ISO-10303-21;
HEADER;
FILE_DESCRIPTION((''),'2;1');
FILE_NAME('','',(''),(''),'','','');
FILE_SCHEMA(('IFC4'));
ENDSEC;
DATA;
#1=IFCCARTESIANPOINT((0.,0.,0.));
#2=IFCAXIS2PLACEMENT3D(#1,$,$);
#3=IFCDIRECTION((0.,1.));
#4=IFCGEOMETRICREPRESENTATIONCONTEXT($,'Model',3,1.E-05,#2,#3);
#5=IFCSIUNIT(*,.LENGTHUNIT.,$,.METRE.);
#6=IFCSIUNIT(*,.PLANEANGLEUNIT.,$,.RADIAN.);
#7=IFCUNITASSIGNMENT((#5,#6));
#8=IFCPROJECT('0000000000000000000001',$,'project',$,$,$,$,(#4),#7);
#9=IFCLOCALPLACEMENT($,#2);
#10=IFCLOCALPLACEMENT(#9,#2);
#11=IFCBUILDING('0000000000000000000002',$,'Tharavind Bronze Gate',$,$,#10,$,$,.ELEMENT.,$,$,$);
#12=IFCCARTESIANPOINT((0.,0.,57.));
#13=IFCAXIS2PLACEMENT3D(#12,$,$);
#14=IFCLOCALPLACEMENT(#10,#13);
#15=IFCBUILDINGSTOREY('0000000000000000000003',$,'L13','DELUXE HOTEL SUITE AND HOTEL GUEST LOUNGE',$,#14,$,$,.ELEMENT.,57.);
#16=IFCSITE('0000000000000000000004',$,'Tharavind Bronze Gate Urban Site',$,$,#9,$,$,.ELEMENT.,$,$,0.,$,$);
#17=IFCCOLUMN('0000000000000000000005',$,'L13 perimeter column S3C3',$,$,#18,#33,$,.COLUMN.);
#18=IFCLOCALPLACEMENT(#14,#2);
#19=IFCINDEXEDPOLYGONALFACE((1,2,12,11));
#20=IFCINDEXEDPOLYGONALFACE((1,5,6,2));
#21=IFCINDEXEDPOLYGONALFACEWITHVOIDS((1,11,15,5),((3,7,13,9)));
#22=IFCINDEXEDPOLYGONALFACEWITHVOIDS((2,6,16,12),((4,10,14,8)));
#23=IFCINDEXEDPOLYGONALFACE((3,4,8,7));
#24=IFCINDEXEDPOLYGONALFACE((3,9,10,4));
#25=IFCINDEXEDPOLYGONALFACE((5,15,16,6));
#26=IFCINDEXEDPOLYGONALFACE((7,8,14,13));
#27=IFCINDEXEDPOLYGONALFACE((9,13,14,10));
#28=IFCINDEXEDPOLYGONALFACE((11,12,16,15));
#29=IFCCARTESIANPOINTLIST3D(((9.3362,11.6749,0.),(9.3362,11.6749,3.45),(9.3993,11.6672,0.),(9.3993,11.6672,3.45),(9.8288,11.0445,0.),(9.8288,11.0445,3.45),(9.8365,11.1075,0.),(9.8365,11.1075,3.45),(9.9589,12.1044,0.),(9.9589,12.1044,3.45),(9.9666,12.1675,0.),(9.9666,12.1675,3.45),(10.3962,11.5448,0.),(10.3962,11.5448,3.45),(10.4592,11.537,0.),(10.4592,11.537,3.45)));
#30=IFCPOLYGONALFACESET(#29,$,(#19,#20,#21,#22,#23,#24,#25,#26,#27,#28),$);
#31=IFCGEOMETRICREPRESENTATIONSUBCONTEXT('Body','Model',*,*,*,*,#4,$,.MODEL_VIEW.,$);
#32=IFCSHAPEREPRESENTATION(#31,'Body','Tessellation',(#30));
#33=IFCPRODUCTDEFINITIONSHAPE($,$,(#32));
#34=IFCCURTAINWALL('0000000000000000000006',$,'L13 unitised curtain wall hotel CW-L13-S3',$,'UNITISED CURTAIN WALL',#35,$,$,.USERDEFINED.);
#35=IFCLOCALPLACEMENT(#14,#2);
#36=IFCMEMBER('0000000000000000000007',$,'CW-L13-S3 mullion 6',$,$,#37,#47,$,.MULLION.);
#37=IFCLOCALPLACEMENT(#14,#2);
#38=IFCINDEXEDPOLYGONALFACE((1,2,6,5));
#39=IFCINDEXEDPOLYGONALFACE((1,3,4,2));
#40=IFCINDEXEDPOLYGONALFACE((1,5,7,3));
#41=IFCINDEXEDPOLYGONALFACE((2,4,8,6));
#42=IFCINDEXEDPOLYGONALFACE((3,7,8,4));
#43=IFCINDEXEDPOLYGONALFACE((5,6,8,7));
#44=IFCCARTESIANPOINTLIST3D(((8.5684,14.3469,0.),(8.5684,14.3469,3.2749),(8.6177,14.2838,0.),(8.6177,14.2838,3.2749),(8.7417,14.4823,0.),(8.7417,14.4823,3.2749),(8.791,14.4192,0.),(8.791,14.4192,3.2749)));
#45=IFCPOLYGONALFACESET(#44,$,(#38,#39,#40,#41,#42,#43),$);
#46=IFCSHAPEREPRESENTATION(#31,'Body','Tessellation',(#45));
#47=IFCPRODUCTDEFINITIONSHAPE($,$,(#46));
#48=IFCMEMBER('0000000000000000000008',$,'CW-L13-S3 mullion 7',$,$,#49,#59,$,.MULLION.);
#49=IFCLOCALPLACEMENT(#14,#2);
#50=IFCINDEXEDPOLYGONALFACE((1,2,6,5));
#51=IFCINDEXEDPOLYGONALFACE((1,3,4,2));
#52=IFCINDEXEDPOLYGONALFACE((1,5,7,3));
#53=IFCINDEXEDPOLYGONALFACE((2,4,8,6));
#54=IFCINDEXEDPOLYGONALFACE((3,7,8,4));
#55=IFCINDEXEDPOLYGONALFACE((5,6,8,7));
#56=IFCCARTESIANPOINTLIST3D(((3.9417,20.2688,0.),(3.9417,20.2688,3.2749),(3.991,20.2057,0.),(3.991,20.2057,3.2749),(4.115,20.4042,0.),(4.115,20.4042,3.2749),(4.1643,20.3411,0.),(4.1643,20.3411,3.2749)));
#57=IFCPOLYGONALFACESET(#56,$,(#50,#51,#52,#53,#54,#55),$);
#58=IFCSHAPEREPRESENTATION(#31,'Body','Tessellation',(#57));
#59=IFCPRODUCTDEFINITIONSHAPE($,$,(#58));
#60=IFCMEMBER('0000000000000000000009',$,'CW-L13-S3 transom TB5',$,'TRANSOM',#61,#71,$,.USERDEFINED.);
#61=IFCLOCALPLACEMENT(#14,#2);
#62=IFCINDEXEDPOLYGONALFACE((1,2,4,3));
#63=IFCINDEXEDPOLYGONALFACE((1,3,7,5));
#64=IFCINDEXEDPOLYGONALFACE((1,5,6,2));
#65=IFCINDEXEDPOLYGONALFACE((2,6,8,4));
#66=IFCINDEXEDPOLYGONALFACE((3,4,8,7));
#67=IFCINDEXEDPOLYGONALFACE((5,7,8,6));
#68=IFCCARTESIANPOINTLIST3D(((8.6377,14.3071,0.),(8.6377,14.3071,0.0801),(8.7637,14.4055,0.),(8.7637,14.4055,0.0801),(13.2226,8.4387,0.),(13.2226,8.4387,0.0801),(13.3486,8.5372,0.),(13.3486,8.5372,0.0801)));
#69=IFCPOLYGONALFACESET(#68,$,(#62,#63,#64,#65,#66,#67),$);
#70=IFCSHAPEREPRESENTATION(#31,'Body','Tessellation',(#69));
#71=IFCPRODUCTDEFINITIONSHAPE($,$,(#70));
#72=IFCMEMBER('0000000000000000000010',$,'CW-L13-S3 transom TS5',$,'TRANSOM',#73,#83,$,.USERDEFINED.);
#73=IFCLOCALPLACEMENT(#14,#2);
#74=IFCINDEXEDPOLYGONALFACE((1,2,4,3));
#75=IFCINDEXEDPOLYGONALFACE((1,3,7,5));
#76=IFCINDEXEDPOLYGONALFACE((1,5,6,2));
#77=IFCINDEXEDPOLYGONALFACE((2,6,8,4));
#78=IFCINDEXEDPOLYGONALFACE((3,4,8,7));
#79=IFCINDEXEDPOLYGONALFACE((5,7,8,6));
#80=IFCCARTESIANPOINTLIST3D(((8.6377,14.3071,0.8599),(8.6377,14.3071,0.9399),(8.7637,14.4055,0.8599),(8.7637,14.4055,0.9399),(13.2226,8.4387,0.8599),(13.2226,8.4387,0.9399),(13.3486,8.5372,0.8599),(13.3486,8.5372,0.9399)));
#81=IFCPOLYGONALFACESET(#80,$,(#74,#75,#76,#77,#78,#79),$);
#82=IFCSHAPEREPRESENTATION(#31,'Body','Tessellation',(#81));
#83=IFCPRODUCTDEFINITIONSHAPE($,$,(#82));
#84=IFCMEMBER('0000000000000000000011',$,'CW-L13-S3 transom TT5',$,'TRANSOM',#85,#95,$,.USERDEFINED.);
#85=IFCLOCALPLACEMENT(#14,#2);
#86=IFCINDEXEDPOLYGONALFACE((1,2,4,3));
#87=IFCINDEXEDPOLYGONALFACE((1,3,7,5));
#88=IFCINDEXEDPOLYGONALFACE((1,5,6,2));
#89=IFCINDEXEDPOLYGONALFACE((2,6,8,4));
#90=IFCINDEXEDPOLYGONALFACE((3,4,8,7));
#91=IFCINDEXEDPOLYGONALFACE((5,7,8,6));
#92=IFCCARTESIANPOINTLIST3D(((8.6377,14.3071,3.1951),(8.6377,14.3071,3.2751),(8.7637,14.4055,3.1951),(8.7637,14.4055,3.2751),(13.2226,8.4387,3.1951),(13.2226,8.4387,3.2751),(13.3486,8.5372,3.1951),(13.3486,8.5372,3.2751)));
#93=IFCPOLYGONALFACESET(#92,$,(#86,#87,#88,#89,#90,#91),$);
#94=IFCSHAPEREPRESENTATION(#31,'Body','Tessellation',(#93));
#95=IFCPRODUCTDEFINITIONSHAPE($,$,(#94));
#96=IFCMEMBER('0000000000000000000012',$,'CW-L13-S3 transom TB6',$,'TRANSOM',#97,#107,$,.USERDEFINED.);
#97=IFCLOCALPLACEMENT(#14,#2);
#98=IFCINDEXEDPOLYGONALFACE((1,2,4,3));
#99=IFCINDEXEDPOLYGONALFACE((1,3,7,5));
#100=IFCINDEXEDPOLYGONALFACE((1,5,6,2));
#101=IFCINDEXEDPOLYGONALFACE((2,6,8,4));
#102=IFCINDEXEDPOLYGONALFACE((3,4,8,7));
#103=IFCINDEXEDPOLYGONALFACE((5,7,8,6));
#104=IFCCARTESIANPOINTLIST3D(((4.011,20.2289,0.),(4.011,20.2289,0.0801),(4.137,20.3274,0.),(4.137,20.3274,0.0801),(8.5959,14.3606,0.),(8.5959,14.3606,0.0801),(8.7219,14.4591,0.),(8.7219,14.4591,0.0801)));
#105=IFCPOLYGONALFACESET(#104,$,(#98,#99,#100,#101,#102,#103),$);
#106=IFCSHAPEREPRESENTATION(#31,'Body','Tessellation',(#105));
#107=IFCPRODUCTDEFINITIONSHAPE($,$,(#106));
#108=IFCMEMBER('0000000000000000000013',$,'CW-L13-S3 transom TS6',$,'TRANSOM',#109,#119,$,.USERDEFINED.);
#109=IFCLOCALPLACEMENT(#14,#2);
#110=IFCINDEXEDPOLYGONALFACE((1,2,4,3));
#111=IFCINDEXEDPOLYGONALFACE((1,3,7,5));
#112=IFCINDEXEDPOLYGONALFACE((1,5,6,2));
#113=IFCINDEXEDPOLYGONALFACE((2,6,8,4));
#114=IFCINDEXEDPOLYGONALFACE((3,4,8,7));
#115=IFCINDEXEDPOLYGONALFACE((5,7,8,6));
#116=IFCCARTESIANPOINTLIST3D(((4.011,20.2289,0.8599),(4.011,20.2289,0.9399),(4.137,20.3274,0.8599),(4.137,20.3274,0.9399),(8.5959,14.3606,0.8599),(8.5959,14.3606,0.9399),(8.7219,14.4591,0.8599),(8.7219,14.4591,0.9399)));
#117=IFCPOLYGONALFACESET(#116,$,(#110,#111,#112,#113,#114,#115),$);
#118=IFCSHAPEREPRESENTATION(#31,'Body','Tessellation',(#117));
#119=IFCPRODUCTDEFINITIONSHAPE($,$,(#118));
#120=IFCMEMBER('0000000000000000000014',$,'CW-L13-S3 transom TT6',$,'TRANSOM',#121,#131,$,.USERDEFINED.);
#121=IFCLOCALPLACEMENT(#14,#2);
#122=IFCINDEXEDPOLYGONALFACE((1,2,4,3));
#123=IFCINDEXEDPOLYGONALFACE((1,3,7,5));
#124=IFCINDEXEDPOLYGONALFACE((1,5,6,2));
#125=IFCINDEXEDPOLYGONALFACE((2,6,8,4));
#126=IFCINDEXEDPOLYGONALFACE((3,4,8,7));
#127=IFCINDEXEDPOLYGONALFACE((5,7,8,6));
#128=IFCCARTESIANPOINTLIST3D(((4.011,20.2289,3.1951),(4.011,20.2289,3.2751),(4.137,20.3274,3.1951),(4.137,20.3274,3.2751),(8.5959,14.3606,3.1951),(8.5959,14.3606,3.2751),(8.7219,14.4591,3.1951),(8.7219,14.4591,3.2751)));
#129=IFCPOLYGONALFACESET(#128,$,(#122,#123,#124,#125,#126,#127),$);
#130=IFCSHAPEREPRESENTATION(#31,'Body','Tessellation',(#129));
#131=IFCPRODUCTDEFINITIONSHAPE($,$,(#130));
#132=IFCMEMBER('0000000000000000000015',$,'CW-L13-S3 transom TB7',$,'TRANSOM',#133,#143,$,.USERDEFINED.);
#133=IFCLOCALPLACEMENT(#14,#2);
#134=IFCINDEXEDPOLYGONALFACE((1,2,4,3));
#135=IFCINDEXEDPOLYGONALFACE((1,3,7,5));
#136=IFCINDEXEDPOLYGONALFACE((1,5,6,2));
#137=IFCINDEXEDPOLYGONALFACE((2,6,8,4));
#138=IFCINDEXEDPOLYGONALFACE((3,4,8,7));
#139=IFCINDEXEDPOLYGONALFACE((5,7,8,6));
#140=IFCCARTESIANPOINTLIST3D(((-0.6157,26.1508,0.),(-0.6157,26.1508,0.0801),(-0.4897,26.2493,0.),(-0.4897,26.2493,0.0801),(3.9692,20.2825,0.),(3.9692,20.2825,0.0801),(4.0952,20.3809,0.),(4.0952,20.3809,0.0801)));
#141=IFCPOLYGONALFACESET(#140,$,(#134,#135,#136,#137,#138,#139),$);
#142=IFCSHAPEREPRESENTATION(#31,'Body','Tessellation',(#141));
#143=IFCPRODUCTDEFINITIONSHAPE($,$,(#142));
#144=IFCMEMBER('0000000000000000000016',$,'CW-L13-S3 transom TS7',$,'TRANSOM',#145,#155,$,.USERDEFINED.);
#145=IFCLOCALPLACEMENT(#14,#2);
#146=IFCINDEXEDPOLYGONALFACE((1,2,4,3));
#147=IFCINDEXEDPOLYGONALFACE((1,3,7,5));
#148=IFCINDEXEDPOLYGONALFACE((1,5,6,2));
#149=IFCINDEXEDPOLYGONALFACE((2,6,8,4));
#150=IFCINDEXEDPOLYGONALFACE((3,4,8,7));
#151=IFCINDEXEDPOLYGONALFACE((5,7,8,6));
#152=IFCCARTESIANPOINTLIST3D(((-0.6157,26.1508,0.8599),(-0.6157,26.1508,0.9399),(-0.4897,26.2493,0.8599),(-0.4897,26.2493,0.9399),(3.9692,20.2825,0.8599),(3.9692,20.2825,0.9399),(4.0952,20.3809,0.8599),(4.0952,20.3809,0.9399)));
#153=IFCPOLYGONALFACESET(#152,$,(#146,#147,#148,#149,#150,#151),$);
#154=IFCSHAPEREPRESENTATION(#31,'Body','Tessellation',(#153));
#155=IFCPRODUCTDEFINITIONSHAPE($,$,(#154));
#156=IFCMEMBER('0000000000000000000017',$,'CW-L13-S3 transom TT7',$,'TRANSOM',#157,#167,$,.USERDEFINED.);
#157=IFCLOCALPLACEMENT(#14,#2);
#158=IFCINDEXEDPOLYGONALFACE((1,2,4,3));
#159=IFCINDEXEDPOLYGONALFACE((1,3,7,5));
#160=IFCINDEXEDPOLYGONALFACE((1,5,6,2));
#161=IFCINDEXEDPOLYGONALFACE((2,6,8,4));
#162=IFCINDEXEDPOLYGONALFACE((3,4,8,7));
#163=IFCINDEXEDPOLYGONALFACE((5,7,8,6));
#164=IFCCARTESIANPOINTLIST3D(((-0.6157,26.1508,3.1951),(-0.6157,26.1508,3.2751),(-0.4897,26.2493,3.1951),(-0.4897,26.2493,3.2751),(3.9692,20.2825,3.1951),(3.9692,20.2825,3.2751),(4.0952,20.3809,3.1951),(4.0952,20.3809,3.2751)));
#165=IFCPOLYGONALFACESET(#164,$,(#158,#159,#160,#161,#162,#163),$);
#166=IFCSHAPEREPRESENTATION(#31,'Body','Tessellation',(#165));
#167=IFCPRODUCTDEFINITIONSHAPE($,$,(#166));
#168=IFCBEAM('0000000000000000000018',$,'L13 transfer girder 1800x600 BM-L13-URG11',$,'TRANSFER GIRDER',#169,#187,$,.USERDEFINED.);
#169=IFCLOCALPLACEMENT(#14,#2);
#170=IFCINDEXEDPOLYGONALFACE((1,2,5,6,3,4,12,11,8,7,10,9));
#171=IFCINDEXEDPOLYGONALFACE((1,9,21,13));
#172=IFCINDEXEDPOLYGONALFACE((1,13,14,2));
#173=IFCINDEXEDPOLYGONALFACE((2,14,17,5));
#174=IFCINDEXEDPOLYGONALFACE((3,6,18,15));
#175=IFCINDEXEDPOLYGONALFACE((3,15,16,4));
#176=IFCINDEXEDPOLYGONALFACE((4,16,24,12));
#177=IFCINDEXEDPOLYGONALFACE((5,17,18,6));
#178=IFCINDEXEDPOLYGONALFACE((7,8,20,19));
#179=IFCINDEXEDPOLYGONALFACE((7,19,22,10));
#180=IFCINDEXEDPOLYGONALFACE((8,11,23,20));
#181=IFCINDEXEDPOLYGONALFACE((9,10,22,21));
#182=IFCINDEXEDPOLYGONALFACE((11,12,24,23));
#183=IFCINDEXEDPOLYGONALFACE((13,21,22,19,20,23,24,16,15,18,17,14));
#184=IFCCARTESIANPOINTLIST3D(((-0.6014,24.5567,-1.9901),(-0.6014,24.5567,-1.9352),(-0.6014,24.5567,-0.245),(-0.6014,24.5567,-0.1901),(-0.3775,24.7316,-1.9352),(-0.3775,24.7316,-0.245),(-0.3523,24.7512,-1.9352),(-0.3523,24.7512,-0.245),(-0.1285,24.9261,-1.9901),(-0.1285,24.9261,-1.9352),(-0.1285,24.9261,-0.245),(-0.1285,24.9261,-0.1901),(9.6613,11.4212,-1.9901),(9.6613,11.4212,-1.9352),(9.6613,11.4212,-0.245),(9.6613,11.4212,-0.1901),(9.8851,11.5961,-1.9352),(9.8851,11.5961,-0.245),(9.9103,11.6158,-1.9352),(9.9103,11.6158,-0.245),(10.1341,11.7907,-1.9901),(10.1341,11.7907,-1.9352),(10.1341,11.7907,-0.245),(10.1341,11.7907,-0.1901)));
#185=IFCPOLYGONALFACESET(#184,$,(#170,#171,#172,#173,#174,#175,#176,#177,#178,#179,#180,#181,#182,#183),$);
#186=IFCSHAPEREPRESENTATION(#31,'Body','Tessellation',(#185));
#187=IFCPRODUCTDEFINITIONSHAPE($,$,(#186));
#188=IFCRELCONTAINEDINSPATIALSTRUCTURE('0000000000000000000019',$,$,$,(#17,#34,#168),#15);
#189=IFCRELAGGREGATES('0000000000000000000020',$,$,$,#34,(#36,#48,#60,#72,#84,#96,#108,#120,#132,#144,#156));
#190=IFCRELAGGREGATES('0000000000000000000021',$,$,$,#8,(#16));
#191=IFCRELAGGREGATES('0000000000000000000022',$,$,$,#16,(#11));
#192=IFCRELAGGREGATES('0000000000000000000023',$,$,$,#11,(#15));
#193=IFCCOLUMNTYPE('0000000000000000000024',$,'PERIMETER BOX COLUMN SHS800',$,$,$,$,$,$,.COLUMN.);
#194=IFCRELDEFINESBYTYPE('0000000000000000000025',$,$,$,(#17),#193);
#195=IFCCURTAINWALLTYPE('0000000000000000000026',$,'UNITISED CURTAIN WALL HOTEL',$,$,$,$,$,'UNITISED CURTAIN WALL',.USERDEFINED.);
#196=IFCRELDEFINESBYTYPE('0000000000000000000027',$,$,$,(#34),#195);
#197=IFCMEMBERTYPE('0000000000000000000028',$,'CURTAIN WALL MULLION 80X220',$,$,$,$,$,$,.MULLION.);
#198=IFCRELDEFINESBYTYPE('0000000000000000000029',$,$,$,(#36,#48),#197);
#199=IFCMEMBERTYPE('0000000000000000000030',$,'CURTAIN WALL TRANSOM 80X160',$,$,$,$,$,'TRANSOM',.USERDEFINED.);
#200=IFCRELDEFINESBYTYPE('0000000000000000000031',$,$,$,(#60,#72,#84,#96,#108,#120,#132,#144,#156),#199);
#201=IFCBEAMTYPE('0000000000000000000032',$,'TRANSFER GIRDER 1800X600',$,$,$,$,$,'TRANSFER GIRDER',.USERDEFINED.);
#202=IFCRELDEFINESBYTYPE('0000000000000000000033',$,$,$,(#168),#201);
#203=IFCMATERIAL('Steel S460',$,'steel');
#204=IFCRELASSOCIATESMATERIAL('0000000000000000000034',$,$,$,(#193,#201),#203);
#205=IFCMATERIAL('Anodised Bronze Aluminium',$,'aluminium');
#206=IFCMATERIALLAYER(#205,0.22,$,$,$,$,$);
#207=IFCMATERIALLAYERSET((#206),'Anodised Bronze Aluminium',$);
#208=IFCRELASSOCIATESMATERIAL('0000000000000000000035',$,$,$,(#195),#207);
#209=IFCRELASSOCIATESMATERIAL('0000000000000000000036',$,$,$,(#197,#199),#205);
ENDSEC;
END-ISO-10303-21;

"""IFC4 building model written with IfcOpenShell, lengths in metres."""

from ifc_helpers import new_model, si_unit, direction, frame, origin, origin_2d, place, context, subcontext, project, spatial, rectangle, hollow_rectangle, i_section, extrude, material, layer, layer_set, material_profile, profile_set, type_object, element, aggregate, save


model = new_model("IFC4")

# Units and contexts
model_context = context("Model", 3, precision=1e-05, world=origin(), true_north=direction((0.0, 1.0)))
body_context = subcontext(model_context, "Body", "Model", "MODEL_VIEW")
ifc_project = project(units=[si_unit("LENGTHUNIT", "METRE"), si_unit("PLANEANGLEUNIT", "RADIAN")], contexts=[model_context])

# Site, building, storey
site_placement = place(None, origin())
site = spatial("IfcSite", under=ifc_project, at=site_placement, Name="Tharavind Bronze Gate Urban Site", CompositionType="ELEMENT", RefElevation=0.0)
building_placement = place(site_placement, origin())
building = spatial("IfcBuilding", under=site, at=building_placement, Name="Tharavind Bronze Gate", CompositionType="ELEMENT")
storey_placement = place(building_placement, frame((0.0, 0.0, 57.0)))
storey = spatial("IfcBuildingStorey", under=building, at=storey_placement, Name="L13", Description="DELUXE HOTEL SUITE AND HOTEL GUEST LOUNGE", CompositionType="ELEMENT", Elevation=57.0)

# Column
ifc_material_1 = material(Name="Steel S460", Category="steel")
ifc_material_profile_1 = material_profile(ifc_material_1, hollow_rectangle(XDim=0.8, YDim=0.8, WallThickness=0.0449, at=origin_2d()), Name="SHS800X45")
ifc_profile_set_1 = profile_set([ifc_material_profile_1], Name="Steel S460")
column_type = type_object("IfcColumnType", Name="PERIMETER BOX COLUMN SHS800", PredefinedType="COLUMN", material=ifc_profile_set_1)
column_placement = place(storey_placement, frame((9.8977, 11.606, 0.0), z_axis=(0.0, 0.0, 1.0), x_axis=(-0.615661, 0.788011, 0.0)))
element("IfcColumn", 1, at=column_placement, inside=storey, type_object=column_type, Name="L13 perimeter column S3C3", PredefinedType="COLUMN", context=body_context, shape_type="SweptSolid", body=[
    extrude(hollow_rectangle(XDim=0.8, YDim=0.8, WallThickness=0.0449, at=origin_2d()), origin(), (0.0, 0.0, 1.0), 3.45),
])

# Curtain wall, members
ifc_material_2 = material(Name="Anodised Bronze Aluminium", Category="aluminium")
ifc_layer_1 = layer(ifc_material_2, 0.22)
ifc_layer_set_1 = layer_set([ifc_layer_1], Name="Anodised Bronze Aluminium")
curtain_wall_type = type_object("IfcCurtainWallType", Name="UNITISED CURTAIN WALL HOTEL", ElementType="UNITISED CURTAIN WALL", PredefinedType="USERDEFINED", material=ifc_layer_set_1)
curtain_wall_placement = place(storey_placement, origin())
curtain_wall = element("IfcCurtainWall", 2, at=curtain_wall_placement, inside=storey, type_object=curtain_wall_type, Name="L13 unitised curtain wall hotel CW-L13-S3", ObjectType="UNITISED CURTAIN WALL", PredefinedType="USERDEFINED")
member_type_1 = type_object("IfcMemberType", Name="CURTAIN WALL MULLION 80X220", PredefinedType="MULLION", material=ifc_material_2)
member_1_placement = place(storey_placement, frame((8.6797, 14.3831, 0.0), z_axis=(0.0, 0.0, 1.0), x_axis=(-0.615661, 0.788011, 0.0)))
member_1 = element("IfcMember", 3, at=member_1_placement, type_object=member_type_1, Name="CW-L13-S3 mullion 6", PredefinedType="MULLION", context=body_context, shape_type="SweptSolid", body=[
    extrude(rectangle(XDim=0.0801, YDim=0.22, at=origin_2d()), origin(), (0.0, 0.0, 1.0), 3.2749),
])
member_2_placement = place(storey_placement, frame((4.053, 20.3049, 0.0), z_axis=(0.0, 0.0, 1.0), x_axis=(-0.615661, 0.788011, 0.0)))
member_2 = element("IfcMember", 4, at=member_2_placement, type_object=member_type_1, Name="CW-L13-S3 mullion 7", PredefinedType="MULLION", context=body_context, shape_type="SweptSolid", body=[
    extrude(rectangle(XDim=0.0801, YDim=0.22, at=origin_2d()), origin(), (0.0, 0.0, 1.0), 3.2749),
])
member_type_2 = type_object("IfcMemberType", Name="CURTAIN WALL TRANSOM 80X160", ElementType="TRANSOM", PredefinedType="USERDEFINED", material=ifc_material_2)
member_3_placement = place(storey_placement, frame((10.9932, 11.4221, 0.0), z_axis=(0.0, 0.0, 1.0), x_axis=(-0.615661, 0.788011, 0.0)))
member_3 = element("IfcMember", 5, at=member_3_placement, type_object=member_type_2, Name="CW-L13-S3 transom TB5", ObjectType="TRANSOM", PredefinedType="USERDEFINED", context=body_context, shape_type="SweptSolid", body=[
    extrude(rectangle(XDim=7.447, YDim=0.1599, at=origin_2d()), origin(), (0.0, 0.0, 1.0), 0.0801),
])
member_4_placement = place(storey_placement, frame((10.9932, 11.4221, 0.8599), z_axis=(0.0, 0.0, 1.0), x_axis=(-0.615661, 0.788011, 0.0)))
member_4 = element("IfcMember", 6, at=member_4_placement, type_object=member_type_2, Name="CW-L13-S3 transom TS5", ObjectType="TRANSOM", PredefinedType="USERDEFINED", context=body_context, shape_type="SweptSolid", body=[
    extrude(rectangle(XDim=7.447, YDim=0.1599, at=origin_2d()), origin(), (0.0, 0.0, 1.0), 0.0801),
])
member_5_placement = place(storey_placement, frame((10.9932, 11.4221, 3.1951), z_axis=(0.0, 0.0, 1.0), x_axis=(-0.615661, 0.788011, 0.0)))
member_5 = element("IfcMember", 7, at=member_5_placement, type_object=member_type_2, Name="CW-L13-S3 transom TT5", ObjectType="TRANSOM", PredefinedType="USERDEFINED", context=body_context, shape_type="SweptSolid", body=[
    extrude(rectangle(XDim=7.447, YDim=0.1599, at=origin_2d()), origin(), (0.0, 0.0, 1.0), 0.0801),
])
member_6_placement = place(storey_placement, frame((6.3665, 17.344, 0.0), z_axis=(0.0, 0.0, 1.0), x_axis=(-0.615661, 0.788011, 0.0)))
member_6 = element("IfcMember", 8, at=member_6_placement, type_object=member_type_2, Name="CW-L13-S3 transom TB6", ObjectType="TRANSOM", PredefinedType="USERDEFINED", context=body_context, shape_type="SweptSolid", body=[
    extrude(rectangle(XDim=7.447, YDim=0.1599, at=origin_2d()), origin(), (0.0, 0.0, 1.0), 0.0801),
])
member_7_placement = place(storey_placement, frame((6.3665, 17.344, 0.8599), z_axis=(0.0, 0.0, 1.0), x_axis=(-0.615661, 0.788011, 0.0)))
member_7 = element("IfcMember", 9, at=member_7_placement, type_object=member_type_2, Name="CW-L13-S3 transom TS6", ObjectType="TRANSOM", PredefinedType="USERDEFINED", context=body_context, shape_type="SweptSolid", body=[
    extrude(rectangle(XDim=7.447, YDim=0.1599, at=origin_2d()), origin(), (0.0, 0.0, 1.0), 0.0801),
])
member_8_placement = place(storey_placement, frame((6.3665, 17.344, 3.1951), z_axis=(0.0, 0.0, 1.0), x_axis=(-0.615661, 0.788011, 0.0)))
member_8 = element("IfcMember", 10, at=member_8_placement, type_object=member_type_2, Name="CW-L13-S3 transom TT6", ObjectType="TRANSOM", PredefinedType="USERDEFINED", context=body_context, shape_type="SweptSolid", body=[
    extrude(rectangle(XDim=7.447, YDim=0.1599, at=origin_2d()), origin(), (0.0, 0.0, 1.0), 0.0801),
])
member_9_placement = place(storey_placement, frame((1.7397, 23.2659, 0.0), z_axis=(0.0, 0.0, 1.0), x_axis=(-0.615661, 0.788011, 0.0)))
member_9 = element("IfcMember", 11, at=member_9_placement, type_object=member_type_2, Name="CW-L13-S3 transom TB7", ObjectType="TRANSOM", PredefinedType="USERDEFINED", context=body_context, shape_type="SweptSolid", body=[
    extrude(rectangle(XDim=7.447, YDim=0.1599, at=origin_2d()), origin(), (0.0, 0.0, 1.0), 0.0801),
])
member_10_placement = place(storey_placement, frame((1.7397, 23.2659, 0.8599), z_axis=(0.0, 0.0, 1.0), x_axis=(-0.615661, 0.788011, 0.0)))
member_10 = element("IfcMember", 12, at=member_10_placement, type_object=member_type_2, Name="CW-L13-S3 transom TS7", ObjectType="TRANSOM", PredefinedType="USERDEFINED", context=body_context, shape_type="SweptSolid", body=[
    extrude(rectangle(XDim=7.447, YDim=0.1599, at=origin_2d()), origin(), (0.0, 0.0, 1.0), 0.0801),
])
member_11_placement = place(storey_placement, frame((1.7397, 23.2659, 3.1951), z_axis=(0.0, 0.0, 1.0), x_axis=(-0.615661, 0.788011, 0.0)))
member_11 = element("IfcMember", 13, at=member_11_placement, type_object=member_type_2, Name="CW-L13-S3 transom TT7", ObjectType="TRANSOM", PredefinedType="USERDEFINED", context=body_context, shape_type="SweptSolid", body=[
    extrude(rectangle(XDim=7.447, YDim=0.1599, at=origin_2d()), origin(), (0.0, 0.0, 1.0), 0.0801),
])

# Beam
ifc_material_profile_2 = material_profile(ifc_material_1, i_section(OverallWidth=0.6001, OverallDepth=1.8, WebThickness=0.032, FlangeThickness=0.0549, at=origin_2d()), Name="PG1800X600")
ifc_profile_set_2 = profile_set([ifc_material_profile_2], Name="Steel S460")
beam_type_1 = type_object("IfcBeamType", Name="TRANSFER GIRDER 1800X600", ElementType="TRANSFER GIRDER", PredefinedType="USERDEFINED", material=ifc_profile_set_2)
beam_1_placement = place(storey_placement, frame((9.8977, 11.606, -1.0901), z_axis=(-0.615666, 0.788007, 0.0), x_axis=(-0.788007, -0.615666, 0.0)))
element("IfcBeam", 14, at=beam_1_placement, inside=storey, type_object=beam_type_1, Name="L13 transfer girder 1800x600 BM-L13-URG11", ObjectType="TRANSFER GIRDER", PredefinedType="USERDEFINED", context=body_context, shape_type="SweptSolid", body=[
    extrude(i_section(OverallWidth=0.6001, OverallDepth=1.8, WebThickness=0.032, FlangeThickness=0.0549, at=origin_2d()), origin(), (0.0, 0.0, 1.0), 16.6692),
])

aggregate(curtain_wall, [member_1, member_2, member_3, member_4, member_5, member_6, member_7, member_8, member_9, member_10, member_11])

save(model, "model.ifc")
